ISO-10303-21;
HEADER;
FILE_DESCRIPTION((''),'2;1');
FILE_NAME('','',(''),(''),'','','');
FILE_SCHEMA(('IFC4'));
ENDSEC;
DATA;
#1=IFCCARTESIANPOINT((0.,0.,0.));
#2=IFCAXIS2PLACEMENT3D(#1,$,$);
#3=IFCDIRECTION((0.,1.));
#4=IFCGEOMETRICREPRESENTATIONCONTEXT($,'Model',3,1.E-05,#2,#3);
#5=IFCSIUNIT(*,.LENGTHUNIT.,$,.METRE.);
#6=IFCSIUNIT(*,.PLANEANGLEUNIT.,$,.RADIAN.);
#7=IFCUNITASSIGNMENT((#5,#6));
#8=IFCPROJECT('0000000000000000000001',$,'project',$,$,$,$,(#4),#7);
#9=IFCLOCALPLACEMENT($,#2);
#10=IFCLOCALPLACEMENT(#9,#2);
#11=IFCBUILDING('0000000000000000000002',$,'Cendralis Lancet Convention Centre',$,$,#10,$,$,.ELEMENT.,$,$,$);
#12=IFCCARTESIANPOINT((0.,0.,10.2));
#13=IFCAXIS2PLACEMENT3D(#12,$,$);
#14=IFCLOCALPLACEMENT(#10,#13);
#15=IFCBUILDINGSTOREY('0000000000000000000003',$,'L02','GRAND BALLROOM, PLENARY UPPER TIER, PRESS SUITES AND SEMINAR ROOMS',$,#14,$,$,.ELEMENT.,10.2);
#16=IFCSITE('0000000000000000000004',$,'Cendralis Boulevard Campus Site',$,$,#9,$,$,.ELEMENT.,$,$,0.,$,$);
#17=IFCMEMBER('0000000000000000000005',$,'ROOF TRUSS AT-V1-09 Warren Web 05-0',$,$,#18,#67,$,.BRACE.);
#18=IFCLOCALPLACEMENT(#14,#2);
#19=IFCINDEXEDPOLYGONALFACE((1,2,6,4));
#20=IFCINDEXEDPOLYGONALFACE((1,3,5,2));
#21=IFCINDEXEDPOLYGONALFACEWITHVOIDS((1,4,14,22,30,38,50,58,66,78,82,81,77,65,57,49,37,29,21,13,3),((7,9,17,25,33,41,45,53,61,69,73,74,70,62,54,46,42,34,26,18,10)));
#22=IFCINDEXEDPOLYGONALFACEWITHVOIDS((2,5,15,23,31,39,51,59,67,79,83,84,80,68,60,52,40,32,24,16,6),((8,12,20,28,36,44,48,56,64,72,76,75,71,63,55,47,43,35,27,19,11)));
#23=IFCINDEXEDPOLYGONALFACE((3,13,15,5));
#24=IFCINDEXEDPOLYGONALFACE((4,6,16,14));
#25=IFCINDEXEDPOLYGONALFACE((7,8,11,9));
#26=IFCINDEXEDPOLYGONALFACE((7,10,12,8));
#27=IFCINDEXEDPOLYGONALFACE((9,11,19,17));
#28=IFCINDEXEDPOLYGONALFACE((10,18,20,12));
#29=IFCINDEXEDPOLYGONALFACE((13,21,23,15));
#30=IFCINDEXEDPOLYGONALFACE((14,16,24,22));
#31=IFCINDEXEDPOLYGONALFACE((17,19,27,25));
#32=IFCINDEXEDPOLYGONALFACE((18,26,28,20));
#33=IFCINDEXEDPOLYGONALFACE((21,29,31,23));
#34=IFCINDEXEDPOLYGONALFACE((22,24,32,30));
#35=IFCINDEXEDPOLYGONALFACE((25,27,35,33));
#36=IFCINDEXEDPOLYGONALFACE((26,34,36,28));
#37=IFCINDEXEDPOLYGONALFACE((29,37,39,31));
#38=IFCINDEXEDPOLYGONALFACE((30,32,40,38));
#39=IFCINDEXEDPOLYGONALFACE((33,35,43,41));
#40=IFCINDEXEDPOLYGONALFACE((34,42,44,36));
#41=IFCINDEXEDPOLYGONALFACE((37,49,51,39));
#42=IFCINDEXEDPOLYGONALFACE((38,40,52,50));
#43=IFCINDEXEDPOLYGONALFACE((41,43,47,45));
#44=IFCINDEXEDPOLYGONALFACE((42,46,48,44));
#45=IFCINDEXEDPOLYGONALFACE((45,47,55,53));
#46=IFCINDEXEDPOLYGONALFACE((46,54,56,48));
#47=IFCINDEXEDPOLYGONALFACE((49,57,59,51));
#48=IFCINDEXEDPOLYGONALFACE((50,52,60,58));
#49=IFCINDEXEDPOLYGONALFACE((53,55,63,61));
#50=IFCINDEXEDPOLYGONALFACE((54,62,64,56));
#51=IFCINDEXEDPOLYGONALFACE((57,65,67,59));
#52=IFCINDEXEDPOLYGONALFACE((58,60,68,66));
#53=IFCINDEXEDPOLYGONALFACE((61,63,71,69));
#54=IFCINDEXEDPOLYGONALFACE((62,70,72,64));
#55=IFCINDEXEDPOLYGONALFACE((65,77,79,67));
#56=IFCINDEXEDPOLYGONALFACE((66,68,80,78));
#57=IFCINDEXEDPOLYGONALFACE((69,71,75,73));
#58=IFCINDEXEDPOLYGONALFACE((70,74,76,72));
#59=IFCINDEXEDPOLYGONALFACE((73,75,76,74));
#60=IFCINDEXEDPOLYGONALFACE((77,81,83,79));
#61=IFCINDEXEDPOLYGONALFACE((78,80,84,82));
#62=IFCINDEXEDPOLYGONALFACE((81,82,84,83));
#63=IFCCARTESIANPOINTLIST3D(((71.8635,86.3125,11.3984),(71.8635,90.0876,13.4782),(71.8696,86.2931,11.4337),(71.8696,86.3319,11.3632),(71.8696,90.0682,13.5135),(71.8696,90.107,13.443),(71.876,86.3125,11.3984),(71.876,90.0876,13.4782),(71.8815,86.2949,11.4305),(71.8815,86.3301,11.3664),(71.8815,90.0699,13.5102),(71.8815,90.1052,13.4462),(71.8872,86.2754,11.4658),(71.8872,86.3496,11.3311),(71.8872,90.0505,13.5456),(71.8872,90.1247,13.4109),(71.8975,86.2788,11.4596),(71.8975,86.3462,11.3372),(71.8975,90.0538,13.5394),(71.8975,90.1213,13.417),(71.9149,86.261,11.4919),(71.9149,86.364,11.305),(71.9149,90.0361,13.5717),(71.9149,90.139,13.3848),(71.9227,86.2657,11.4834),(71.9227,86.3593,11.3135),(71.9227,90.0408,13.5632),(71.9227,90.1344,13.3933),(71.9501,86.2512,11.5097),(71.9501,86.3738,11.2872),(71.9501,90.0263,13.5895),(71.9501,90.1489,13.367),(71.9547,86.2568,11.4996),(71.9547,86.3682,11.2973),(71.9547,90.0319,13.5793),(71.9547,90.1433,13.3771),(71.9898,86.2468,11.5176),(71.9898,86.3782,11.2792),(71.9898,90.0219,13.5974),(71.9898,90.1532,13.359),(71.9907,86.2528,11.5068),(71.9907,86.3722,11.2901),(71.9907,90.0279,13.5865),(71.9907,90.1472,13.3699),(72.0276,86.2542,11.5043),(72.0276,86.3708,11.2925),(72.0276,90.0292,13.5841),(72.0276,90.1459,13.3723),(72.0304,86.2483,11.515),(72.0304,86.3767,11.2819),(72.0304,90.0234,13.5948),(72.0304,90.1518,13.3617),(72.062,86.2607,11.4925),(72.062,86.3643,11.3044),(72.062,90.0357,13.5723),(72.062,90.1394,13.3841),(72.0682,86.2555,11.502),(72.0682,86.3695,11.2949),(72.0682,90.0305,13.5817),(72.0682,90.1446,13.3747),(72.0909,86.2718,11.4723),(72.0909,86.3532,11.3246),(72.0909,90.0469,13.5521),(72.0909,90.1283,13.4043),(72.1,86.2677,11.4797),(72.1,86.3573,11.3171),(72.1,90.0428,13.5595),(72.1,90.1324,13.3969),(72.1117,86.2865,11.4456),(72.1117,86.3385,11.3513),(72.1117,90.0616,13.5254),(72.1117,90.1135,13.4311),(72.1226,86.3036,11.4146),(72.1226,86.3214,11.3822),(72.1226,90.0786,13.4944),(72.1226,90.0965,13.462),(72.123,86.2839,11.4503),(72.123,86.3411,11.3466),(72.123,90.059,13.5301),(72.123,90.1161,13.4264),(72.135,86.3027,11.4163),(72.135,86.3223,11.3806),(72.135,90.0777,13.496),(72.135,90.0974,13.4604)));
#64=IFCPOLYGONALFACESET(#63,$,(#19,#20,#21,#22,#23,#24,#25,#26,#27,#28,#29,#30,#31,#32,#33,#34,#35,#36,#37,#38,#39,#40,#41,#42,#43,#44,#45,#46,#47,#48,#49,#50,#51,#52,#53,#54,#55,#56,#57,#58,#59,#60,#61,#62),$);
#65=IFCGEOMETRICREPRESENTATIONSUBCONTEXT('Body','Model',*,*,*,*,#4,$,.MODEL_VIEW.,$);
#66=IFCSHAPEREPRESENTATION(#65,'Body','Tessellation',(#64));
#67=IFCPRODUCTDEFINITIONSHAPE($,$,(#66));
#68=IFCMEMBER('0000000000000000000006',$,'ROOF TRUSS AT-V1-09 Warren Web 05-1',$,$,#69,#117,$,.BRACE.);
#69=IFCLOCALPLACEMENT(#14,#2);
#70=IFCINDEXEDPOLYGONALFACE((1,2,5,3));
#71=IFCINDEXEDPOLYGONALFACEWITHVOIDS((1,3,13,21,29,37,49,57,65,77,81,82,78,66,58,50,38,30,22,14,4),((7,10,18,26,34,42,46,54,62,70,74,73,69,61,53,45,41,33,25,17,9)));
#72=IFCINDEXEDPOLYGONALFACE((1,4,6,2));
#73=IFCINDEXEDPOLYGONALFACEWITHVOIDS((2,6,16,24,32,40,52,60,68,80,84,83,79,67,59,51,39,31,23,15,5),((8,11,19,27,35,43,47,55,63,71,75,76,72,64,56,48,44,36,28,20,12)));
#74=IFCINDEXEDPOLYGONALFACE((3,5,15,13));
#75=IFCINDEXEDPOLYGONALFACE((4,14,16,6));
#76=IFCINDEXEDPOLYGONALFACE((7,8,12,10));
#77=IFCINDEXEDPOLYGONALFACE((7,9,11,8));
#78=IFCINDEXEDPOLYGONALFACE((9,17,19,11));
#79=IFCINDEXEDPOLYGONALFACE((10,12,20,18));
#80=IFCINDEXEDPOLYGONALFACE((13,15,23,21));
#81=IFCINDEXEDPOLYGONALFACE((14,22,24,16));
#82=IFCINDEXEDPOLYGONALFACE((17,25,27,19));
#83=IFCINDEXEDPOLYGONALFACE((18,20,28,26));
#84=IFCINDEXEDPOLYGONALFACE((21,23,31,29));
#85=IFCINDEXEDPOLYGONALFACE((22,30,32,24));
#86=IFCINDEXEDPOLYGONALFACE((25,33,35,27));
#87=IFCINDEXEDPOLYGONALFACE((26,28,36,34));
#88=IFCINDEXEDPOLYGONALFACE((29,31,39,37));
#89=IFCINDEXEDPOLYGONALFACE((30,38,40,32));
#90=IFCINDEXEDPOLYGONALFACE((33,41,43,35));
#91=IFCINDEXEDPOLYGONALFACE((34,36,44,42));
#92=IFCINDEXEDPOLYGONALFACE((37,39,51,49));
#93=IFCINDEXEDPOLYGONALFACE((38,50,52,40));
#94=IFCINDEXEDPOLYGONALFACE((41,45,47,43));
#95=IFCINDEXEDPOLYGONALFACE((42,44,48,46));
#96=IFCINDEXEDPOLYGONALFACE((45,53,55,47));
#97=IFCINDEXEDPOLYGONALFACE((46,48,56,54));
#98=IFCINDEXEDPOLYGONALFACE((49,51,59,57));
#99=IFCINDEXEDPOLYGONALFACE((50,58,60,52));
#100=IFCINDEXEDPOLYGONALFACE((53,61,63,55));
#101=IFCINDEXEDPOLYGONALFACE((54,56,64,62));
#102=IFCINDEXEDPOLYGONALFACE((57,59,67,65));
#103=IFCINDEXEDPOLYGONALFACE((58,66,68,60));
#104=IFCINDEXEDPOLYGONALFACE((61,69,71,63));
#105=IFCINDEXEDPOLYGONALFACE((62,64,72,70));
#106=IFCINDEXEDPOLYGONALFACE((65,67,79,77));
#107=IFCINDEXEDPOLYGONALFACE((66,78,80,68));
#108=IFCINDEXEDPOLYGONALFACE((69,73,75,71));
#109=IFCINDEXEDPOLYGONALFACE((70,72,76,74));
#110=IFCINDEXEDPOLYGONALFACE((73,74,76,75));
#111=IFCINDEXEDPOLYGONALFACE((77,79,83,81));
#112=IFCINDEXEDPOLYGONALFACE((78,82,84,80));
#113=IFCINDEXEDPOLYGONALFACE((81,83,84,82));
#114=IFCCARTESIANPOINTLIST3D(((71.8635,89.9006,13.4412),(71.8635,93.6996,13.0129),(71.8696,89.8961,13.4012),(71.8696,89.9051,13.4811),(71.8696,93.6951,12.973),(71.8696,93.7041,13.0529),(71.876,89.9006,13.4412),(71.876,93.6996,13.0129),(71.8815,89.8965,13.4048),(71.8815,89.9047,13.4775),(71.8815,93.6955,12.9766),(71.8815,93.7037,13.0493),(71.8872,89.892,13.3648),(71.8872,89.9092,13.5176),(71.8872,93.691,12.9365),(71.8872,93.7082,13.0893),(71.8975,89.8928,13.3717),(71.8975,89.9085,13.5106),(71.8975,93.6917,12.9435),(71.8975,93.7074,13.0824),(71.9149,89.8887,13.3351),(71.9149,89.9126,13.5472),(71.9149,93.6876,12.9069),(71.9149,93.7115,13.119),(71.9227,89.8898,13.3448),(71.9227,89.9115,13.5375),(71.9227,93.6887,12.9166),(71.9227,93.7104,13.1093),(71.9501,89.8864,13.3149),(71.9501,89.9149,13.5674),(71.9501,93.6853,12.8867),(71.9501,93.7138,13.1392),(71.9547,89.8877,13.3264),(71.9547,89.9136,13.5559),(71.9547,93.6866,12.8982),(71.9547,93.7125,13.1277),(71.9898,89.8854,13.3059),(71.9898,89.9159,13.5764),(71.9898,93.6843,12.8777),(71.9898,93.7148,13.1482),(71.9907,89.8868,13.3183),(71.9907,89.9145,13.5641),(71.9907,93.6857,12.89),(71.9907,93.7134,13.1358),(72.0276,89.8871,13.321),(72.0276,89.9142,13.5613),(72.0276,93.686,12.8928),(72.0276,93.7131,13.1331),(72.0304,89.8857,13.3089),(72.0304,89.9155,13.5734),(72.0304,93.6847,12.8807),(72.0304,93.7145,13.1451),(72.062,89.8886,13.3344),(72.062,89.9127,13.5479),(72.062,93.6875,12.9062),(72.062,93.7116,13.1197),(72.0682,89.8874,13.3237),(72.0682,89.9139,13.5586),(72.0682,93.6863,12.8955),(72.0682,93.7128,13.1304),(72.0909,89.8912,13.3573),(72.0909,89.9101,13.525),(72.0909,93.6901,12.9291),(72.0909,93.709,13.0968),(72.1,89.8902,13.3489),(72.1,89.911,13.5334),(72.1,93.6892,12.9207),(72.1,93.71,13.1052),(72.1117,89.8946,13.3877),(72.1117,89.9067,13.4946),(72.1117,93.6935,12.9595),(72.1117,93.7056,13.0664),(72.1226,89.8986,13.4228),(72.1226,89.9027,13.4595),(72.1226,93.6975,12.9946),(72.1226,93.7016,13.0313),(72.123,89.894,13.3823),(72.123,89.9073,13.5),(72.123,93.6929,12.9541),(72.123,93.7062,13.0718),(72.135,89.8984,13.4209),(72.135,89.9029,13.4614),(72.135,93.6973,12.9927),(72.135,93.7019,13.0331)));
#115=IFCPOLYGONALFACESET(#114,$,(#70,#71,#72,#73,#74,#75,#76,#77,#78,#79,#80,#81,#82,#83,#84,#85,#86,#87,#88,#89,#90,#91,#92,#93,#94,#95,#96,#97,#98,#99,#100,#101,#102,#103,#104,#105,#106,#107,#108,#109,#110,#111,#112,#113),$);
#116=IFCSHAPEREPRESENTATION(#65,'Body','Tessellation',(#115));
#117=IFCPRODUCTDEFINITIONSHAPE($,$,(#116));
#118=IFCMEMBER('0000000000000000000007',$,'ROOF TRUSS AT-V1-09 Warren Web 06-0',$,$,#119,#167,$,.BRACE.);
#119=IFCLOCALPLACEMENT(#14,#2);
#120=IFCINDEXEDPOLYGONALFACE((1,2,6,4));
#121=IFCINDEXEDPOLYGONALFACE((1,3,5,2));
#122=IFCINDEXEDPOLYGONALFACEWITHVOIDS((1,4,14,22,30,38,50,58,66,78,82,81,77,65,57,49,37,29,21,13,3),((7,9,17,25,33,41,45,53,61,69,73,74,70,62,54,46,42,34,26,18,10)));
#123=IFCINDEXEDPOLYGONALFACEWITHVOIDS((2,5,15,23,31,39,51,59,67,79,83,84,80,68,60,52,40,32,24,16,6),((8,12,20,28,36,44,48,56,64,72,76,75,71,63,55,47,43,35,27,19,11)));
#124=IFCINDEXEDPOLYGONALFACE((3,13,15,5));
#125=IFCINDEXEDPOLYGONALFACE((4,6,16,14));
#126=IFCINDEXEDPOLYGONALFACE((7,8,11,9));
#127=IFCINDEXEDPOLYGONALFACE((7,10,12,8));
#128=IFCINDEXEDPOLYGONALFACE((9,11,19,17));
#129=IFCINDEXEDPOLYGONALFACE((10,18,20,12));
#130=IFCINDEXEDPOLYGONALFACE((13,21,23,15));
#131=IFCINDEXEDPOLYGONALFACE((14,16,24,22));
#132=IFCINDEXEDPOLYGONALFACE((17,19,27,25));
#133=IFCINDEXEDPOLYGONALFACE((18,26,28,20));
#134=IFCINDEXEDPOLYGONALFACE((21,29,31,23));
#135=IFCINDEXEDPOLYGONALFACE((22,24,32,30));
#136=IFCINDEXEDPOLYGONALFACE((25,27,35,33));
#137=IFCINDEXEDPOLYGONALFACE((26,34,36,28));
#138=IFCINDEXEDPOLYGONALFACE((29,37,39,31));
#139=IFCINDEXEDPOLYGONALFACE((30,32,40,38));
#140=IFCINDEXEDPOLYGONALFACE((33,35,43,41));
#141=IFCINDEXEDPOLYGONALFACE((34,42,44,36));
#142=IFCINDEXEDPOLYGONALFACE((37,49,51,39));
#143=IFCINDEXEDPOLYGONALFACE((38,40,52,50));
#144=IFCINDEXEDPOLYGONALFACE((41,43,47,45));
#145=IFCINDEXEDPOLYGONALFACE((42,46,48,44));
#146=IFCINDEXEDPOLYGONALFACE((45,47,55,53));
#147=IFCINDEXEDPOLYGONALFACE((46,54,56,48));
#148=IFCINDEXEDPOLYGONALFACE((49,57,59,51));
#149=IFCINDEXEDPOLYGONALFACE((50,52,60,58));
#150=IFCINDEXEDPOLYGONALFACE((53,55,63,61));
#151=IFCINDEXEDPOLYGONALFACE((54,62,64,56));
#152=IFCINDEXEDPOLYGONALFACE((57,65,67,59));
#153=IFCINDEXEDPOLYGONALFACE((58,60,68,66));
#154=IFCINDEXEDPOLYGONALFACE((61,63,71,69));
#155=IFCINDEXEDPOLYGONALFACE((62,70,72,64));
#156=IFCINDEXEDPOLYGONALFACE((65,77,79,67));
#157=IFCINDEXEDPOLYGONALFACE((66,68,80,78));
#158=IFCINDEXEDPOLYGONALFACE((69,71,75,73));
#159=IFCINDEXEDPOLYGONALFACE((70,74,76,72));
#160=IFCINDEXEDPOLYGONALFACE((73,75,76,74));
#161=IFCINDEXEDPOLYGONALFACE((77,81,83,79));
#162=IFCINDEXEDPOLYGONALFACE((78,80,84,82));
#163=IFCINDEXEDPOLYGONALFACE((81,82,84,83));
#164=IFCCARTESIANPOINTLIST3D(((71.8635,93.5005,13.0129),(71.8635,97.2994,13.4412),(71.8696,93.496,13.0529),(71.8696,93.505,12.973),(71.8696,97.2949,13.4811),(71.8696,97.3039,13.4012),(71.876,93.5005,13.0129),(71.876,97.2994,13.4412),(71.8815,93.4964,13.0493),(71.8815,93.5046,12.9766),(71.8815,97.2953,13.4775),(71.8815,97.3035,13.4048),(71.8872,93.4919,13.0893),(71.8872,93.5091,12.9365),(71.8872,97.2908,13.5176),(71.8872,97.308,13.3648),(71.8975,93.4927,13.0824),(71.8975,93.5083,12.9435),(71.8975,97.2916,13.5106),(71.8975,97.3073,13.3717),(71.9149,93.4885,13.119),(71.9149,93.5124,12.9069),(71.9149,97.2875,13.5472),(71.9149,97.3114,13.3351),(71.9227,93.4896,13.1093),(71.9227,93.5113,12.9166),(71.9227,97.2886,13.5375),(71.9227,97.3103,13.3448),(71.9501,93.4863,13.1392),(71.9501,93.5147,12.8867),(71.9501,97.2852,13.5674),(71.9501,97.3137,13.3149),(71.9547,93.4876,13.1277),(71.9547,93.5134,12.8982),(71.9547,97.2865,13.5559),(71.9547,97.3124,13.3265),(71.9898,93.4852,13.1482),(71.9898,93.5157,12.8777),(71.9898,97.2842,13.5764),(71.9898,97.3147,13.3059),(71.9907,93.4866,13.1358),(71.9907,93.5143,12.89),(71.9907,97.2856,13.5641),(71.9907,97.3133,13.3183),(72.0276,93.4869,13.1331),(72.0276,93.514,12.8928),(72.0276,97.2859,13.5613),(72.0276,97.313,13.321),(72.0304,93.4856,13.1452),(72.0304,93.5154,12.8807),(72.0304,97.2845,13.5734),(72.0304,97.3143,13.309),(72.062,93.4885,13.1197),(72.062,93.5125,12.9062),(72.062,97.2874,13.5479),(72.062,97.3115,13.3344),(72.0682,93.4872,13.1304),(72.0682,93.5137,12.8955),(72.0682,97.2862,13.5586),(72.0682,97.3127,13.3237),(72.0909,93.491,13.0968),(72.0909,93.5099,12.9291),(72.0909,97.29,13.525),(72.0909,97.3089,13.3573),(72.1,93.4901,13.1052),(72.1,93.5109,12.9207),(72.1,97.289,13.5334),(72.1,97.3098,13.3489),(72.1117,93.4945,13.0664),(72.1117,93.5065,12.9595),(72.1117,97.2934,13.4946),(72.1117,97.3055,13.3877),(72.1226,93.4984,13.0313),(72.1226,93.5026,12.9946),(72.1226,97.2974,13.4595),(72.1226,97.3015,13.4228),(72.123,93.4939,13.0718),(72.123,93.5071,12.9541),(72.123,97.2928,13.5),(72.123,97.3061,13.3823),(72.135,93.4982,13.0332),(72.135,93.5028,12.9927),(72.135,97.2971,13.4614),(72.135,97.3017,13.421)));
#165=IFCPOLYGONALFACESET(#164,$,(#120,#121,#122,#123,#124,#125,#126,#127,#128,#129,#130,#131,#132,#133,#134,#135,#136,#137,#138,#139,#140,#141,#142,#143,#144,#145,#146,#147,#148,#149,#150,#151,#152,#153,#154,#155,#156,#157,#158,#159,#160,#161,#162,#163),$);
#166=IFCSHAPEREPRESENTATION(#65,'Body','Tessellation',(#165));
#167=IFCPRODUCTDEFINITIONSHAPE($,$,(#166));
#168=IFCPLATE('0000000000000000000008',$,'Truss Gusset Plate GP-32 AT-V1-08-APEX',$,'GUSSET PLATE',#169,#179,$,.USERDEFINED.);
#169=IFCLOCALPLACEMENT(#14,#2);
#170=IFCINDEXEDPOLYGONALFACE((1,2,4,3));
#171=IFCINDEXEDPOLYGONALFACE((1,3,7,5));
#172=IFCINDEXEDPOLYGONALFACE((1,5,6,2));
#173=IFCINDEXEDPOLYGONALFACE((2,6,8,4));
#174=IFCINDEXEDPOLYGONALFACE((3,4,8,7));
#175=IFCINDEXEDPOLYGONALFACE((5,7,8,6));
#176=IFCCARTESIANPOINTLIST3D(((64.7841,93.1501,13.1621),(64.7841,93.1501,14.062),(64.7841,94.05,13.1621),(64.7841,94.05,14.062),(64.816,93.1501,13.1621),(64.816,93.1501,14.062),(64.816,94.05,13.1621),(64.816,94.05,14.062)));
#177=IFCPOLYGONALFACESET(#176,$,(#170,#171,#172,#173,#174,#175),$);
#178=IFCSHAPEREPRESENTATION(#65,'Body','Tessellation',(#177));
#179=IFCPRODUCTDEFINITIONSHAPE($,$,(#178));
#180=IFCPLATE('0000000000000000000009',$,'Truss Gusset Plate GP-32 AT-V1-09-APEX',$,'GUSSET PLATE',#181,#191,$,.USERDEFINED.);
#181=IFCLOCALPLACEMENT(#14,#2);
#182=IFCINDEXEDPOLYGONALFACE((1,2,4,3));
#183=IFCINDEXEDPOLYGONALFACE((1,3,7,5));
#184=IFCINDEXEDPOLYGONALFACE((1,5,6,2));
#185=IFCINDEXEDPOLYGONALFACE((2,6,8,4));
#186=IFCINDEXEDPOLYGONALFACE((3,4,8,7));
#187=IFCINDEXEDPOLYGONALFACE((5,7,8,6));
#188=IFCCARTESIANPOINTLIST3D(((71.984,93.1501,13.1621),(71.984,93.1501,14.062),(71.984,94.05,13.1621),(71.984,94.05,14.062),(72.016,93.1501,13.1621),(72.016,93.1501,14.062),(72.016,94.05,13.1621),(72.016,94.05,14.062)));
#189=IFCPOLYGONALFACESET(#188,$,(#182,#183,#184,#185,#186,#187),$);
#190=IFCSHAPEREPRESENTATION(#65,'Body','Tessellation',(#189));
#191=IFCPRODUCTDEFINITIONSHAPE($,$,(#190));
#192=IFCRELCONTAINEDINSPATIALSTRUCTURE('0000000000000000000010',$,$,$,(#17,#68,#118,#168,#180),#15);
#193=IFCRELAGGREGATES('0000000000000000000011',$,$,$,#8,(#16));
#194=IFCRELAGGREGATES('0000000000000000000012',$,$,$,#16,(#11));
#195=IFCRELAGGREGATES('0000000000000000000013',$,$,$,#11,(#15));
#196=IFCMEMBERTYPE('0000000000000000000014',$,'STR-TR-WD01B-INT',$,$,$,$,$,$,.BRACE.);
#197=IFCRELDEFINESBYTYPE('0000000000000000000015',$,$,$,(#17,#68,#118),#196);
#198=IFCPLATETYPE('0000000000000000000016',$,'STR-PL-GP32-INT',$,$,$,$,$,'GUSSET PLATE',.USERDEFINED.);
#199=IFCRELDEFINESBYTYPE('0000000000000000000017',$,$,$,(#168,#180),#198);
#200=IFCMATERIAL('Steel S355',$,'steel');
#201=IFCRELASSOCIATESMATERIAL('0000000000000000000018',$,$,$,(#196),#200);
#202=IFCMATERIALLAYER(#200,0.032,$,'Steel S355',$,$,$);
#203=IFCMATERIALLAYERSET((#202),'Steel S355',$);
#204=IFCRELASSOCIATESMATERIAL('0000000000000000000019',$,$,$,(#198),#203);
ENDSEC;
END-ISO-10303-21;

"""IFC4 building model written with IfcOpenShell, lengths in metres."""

from ifc_helpers import new_model, si_unit, direction, frame, origin, origin_2d, place, context, subcontext, project, spatial, rectangle, hollow_circle, extrude, material, layer, layer_set, material_profile, profile_set, type_object, element, save


model = new_model("IFC4")

# Units and contexts
model_context = context("Model", 3, precision=1e-05, world=origin(), true_north=direction((0.0, 1.0)))
body_context = subcontext(model_context, "Body", "Model", "MODEL_VIEW")
ifc_project = project(units=[si_unit("LENGTHUNIT", "METRE"), si_unit("PLANEANGLEUNIT", "RADIAN")], contexts=[model_context])

# Site, building, storey
site_placement = place(None, origin())
site = spatial("IfcSite", under=ifc_project, at=site_placement, Name="Cendralis Boulevard Campus Site", CompositionType="ELEMENT", RefElevation=0.0)
building_placement = place(site_placement, origin())
building = spatial("IfcBuilding", under=site, at=building_placement, Name="Cendralis Lancet Convention Centre", CompositionType="ELEMENT")
storey_placement = place(building_placement, frame((0.0, 0.0, 10.2)))
storey = spatial("IfcBuildingStorey", under=building, at=storey_placement, Name="L02", Description="GRAND BALLROOM, PLENARY UPPER TIER, PRESS SUITES AND SEMINAR ROOMS", CompositionType="ELEMENT", Elevation=10.2)

# Members
ifc_material = material(Name="Steel S355", Category="steel")
ifc_material_profile_1 = material_profile(ifc_material, hollow_circle(Radius=0.1365, WallThickness=0.0125, at=origin_2d()), Name="CHS 273.0x12.5")
ifc_profile_set_1 = profile_set([ifc_material_profile_1], Name="Steel S355")
member_type_1 = type_object("IfcMemberType", Name="STR-TR-WD01B-INT", PredefinedType="BRACE", material=ifc_profile_set_1)
member_1_placement = place(storey_placement, frame((72.0, 86.3125, 11.3984), z_axis=(0.0, 0.875872, 0.482543), x_axis=(-1.0, 0.0, 0.0)))
element("IfcMember", 1, at=member_1_placement, inside=storey, type_object=member_type_1, Name="ROOF TRUSS AT-V1-09 Warren Web 05-0", PredefinedType="BRACE", context=body_context, shape_type="SweptSolid", body=[
    extrude(hollow_circle(Radius=0.1365, WallThickness=0.0125, at=origin_2d()), origin(), (0.0, 0.0, 1.0), 4.3101),
])
for number, where, z_axis, x_axis, name in (
    (2, (72.0, 89.9006, 13.4412), (0.0, 0.993706, -0.112015), (-1.0, 0.0, 0.0), "ROOF TRUSS AT-V1-09 Warren Web 05-1"),
    (3, (72.0, 93.5005, 13.0129), (0.0, 0.993706, 0.112015), (-1.0, 0.0, 0.0), "ROOF TRUSS AT-V1-09 Warren Web 06-0"),
):
    element("IfcMember", number, at=place(storey_placement, frame(where, z_axis=z_axis, x_axis=x_axis)), inside=storey, type_object=member_type_1, Name=name, PredefinedType="BRACE", context=body_context, shape_type="SweptSolid", body=[
        extrude(hollow_circle(Radius=0.1365, WallThickness=0.0125, at=origin_2d()), origin(), (0.0, 0.0, 1.0), 3.823),
    ])

# Plates
ifc_layer = layer(ifc_material, 0.032, Name="Steel S355")
ifc_layer_set = layer_set([ifc_layer], Name="Steel S355")
plate_type = type_object("IfcPlateType", Name="STR-PL-GP32-INT", ElementType="GUSSET PLATE", PredefinedType="USERDEFINED", material=ifc_layer_set)
for number, where, z_axis, x_axis, name in (
    (4, (64.8, 93.6001, 13.1621), (0.0, 0.0, 1.0), (0.0, 1.0, 0.0), "Truss Gusset Plate GP-32 AT-V1-08-APEX"),
    (5, (72.0, 93.6001, 13.1621), (0.0, 0.0, 1.0), (0.0, 1.0, 0.0), "Truss Gusset Plate GP-32 AT-V1-09-APEX"),
):
    element("IfcPlate", number, at=place(storey_placement, frame(where, z_axis=z_axis, x_axis=x_axis)), inside=storey, type_object=plate_type, Name=name, ObjectType="GUSSET PLATE", PredefinedType="USERDEFINED", context=body_context, shape_type="SweptSolid", body=[
        extrude(rectangle(XDim=0.8999, YDim=0.032, at=origin_2d()), origin(), (0.0, 0.0, 1.0), 0.8999),
    ])

save(model, "model.ifc")
